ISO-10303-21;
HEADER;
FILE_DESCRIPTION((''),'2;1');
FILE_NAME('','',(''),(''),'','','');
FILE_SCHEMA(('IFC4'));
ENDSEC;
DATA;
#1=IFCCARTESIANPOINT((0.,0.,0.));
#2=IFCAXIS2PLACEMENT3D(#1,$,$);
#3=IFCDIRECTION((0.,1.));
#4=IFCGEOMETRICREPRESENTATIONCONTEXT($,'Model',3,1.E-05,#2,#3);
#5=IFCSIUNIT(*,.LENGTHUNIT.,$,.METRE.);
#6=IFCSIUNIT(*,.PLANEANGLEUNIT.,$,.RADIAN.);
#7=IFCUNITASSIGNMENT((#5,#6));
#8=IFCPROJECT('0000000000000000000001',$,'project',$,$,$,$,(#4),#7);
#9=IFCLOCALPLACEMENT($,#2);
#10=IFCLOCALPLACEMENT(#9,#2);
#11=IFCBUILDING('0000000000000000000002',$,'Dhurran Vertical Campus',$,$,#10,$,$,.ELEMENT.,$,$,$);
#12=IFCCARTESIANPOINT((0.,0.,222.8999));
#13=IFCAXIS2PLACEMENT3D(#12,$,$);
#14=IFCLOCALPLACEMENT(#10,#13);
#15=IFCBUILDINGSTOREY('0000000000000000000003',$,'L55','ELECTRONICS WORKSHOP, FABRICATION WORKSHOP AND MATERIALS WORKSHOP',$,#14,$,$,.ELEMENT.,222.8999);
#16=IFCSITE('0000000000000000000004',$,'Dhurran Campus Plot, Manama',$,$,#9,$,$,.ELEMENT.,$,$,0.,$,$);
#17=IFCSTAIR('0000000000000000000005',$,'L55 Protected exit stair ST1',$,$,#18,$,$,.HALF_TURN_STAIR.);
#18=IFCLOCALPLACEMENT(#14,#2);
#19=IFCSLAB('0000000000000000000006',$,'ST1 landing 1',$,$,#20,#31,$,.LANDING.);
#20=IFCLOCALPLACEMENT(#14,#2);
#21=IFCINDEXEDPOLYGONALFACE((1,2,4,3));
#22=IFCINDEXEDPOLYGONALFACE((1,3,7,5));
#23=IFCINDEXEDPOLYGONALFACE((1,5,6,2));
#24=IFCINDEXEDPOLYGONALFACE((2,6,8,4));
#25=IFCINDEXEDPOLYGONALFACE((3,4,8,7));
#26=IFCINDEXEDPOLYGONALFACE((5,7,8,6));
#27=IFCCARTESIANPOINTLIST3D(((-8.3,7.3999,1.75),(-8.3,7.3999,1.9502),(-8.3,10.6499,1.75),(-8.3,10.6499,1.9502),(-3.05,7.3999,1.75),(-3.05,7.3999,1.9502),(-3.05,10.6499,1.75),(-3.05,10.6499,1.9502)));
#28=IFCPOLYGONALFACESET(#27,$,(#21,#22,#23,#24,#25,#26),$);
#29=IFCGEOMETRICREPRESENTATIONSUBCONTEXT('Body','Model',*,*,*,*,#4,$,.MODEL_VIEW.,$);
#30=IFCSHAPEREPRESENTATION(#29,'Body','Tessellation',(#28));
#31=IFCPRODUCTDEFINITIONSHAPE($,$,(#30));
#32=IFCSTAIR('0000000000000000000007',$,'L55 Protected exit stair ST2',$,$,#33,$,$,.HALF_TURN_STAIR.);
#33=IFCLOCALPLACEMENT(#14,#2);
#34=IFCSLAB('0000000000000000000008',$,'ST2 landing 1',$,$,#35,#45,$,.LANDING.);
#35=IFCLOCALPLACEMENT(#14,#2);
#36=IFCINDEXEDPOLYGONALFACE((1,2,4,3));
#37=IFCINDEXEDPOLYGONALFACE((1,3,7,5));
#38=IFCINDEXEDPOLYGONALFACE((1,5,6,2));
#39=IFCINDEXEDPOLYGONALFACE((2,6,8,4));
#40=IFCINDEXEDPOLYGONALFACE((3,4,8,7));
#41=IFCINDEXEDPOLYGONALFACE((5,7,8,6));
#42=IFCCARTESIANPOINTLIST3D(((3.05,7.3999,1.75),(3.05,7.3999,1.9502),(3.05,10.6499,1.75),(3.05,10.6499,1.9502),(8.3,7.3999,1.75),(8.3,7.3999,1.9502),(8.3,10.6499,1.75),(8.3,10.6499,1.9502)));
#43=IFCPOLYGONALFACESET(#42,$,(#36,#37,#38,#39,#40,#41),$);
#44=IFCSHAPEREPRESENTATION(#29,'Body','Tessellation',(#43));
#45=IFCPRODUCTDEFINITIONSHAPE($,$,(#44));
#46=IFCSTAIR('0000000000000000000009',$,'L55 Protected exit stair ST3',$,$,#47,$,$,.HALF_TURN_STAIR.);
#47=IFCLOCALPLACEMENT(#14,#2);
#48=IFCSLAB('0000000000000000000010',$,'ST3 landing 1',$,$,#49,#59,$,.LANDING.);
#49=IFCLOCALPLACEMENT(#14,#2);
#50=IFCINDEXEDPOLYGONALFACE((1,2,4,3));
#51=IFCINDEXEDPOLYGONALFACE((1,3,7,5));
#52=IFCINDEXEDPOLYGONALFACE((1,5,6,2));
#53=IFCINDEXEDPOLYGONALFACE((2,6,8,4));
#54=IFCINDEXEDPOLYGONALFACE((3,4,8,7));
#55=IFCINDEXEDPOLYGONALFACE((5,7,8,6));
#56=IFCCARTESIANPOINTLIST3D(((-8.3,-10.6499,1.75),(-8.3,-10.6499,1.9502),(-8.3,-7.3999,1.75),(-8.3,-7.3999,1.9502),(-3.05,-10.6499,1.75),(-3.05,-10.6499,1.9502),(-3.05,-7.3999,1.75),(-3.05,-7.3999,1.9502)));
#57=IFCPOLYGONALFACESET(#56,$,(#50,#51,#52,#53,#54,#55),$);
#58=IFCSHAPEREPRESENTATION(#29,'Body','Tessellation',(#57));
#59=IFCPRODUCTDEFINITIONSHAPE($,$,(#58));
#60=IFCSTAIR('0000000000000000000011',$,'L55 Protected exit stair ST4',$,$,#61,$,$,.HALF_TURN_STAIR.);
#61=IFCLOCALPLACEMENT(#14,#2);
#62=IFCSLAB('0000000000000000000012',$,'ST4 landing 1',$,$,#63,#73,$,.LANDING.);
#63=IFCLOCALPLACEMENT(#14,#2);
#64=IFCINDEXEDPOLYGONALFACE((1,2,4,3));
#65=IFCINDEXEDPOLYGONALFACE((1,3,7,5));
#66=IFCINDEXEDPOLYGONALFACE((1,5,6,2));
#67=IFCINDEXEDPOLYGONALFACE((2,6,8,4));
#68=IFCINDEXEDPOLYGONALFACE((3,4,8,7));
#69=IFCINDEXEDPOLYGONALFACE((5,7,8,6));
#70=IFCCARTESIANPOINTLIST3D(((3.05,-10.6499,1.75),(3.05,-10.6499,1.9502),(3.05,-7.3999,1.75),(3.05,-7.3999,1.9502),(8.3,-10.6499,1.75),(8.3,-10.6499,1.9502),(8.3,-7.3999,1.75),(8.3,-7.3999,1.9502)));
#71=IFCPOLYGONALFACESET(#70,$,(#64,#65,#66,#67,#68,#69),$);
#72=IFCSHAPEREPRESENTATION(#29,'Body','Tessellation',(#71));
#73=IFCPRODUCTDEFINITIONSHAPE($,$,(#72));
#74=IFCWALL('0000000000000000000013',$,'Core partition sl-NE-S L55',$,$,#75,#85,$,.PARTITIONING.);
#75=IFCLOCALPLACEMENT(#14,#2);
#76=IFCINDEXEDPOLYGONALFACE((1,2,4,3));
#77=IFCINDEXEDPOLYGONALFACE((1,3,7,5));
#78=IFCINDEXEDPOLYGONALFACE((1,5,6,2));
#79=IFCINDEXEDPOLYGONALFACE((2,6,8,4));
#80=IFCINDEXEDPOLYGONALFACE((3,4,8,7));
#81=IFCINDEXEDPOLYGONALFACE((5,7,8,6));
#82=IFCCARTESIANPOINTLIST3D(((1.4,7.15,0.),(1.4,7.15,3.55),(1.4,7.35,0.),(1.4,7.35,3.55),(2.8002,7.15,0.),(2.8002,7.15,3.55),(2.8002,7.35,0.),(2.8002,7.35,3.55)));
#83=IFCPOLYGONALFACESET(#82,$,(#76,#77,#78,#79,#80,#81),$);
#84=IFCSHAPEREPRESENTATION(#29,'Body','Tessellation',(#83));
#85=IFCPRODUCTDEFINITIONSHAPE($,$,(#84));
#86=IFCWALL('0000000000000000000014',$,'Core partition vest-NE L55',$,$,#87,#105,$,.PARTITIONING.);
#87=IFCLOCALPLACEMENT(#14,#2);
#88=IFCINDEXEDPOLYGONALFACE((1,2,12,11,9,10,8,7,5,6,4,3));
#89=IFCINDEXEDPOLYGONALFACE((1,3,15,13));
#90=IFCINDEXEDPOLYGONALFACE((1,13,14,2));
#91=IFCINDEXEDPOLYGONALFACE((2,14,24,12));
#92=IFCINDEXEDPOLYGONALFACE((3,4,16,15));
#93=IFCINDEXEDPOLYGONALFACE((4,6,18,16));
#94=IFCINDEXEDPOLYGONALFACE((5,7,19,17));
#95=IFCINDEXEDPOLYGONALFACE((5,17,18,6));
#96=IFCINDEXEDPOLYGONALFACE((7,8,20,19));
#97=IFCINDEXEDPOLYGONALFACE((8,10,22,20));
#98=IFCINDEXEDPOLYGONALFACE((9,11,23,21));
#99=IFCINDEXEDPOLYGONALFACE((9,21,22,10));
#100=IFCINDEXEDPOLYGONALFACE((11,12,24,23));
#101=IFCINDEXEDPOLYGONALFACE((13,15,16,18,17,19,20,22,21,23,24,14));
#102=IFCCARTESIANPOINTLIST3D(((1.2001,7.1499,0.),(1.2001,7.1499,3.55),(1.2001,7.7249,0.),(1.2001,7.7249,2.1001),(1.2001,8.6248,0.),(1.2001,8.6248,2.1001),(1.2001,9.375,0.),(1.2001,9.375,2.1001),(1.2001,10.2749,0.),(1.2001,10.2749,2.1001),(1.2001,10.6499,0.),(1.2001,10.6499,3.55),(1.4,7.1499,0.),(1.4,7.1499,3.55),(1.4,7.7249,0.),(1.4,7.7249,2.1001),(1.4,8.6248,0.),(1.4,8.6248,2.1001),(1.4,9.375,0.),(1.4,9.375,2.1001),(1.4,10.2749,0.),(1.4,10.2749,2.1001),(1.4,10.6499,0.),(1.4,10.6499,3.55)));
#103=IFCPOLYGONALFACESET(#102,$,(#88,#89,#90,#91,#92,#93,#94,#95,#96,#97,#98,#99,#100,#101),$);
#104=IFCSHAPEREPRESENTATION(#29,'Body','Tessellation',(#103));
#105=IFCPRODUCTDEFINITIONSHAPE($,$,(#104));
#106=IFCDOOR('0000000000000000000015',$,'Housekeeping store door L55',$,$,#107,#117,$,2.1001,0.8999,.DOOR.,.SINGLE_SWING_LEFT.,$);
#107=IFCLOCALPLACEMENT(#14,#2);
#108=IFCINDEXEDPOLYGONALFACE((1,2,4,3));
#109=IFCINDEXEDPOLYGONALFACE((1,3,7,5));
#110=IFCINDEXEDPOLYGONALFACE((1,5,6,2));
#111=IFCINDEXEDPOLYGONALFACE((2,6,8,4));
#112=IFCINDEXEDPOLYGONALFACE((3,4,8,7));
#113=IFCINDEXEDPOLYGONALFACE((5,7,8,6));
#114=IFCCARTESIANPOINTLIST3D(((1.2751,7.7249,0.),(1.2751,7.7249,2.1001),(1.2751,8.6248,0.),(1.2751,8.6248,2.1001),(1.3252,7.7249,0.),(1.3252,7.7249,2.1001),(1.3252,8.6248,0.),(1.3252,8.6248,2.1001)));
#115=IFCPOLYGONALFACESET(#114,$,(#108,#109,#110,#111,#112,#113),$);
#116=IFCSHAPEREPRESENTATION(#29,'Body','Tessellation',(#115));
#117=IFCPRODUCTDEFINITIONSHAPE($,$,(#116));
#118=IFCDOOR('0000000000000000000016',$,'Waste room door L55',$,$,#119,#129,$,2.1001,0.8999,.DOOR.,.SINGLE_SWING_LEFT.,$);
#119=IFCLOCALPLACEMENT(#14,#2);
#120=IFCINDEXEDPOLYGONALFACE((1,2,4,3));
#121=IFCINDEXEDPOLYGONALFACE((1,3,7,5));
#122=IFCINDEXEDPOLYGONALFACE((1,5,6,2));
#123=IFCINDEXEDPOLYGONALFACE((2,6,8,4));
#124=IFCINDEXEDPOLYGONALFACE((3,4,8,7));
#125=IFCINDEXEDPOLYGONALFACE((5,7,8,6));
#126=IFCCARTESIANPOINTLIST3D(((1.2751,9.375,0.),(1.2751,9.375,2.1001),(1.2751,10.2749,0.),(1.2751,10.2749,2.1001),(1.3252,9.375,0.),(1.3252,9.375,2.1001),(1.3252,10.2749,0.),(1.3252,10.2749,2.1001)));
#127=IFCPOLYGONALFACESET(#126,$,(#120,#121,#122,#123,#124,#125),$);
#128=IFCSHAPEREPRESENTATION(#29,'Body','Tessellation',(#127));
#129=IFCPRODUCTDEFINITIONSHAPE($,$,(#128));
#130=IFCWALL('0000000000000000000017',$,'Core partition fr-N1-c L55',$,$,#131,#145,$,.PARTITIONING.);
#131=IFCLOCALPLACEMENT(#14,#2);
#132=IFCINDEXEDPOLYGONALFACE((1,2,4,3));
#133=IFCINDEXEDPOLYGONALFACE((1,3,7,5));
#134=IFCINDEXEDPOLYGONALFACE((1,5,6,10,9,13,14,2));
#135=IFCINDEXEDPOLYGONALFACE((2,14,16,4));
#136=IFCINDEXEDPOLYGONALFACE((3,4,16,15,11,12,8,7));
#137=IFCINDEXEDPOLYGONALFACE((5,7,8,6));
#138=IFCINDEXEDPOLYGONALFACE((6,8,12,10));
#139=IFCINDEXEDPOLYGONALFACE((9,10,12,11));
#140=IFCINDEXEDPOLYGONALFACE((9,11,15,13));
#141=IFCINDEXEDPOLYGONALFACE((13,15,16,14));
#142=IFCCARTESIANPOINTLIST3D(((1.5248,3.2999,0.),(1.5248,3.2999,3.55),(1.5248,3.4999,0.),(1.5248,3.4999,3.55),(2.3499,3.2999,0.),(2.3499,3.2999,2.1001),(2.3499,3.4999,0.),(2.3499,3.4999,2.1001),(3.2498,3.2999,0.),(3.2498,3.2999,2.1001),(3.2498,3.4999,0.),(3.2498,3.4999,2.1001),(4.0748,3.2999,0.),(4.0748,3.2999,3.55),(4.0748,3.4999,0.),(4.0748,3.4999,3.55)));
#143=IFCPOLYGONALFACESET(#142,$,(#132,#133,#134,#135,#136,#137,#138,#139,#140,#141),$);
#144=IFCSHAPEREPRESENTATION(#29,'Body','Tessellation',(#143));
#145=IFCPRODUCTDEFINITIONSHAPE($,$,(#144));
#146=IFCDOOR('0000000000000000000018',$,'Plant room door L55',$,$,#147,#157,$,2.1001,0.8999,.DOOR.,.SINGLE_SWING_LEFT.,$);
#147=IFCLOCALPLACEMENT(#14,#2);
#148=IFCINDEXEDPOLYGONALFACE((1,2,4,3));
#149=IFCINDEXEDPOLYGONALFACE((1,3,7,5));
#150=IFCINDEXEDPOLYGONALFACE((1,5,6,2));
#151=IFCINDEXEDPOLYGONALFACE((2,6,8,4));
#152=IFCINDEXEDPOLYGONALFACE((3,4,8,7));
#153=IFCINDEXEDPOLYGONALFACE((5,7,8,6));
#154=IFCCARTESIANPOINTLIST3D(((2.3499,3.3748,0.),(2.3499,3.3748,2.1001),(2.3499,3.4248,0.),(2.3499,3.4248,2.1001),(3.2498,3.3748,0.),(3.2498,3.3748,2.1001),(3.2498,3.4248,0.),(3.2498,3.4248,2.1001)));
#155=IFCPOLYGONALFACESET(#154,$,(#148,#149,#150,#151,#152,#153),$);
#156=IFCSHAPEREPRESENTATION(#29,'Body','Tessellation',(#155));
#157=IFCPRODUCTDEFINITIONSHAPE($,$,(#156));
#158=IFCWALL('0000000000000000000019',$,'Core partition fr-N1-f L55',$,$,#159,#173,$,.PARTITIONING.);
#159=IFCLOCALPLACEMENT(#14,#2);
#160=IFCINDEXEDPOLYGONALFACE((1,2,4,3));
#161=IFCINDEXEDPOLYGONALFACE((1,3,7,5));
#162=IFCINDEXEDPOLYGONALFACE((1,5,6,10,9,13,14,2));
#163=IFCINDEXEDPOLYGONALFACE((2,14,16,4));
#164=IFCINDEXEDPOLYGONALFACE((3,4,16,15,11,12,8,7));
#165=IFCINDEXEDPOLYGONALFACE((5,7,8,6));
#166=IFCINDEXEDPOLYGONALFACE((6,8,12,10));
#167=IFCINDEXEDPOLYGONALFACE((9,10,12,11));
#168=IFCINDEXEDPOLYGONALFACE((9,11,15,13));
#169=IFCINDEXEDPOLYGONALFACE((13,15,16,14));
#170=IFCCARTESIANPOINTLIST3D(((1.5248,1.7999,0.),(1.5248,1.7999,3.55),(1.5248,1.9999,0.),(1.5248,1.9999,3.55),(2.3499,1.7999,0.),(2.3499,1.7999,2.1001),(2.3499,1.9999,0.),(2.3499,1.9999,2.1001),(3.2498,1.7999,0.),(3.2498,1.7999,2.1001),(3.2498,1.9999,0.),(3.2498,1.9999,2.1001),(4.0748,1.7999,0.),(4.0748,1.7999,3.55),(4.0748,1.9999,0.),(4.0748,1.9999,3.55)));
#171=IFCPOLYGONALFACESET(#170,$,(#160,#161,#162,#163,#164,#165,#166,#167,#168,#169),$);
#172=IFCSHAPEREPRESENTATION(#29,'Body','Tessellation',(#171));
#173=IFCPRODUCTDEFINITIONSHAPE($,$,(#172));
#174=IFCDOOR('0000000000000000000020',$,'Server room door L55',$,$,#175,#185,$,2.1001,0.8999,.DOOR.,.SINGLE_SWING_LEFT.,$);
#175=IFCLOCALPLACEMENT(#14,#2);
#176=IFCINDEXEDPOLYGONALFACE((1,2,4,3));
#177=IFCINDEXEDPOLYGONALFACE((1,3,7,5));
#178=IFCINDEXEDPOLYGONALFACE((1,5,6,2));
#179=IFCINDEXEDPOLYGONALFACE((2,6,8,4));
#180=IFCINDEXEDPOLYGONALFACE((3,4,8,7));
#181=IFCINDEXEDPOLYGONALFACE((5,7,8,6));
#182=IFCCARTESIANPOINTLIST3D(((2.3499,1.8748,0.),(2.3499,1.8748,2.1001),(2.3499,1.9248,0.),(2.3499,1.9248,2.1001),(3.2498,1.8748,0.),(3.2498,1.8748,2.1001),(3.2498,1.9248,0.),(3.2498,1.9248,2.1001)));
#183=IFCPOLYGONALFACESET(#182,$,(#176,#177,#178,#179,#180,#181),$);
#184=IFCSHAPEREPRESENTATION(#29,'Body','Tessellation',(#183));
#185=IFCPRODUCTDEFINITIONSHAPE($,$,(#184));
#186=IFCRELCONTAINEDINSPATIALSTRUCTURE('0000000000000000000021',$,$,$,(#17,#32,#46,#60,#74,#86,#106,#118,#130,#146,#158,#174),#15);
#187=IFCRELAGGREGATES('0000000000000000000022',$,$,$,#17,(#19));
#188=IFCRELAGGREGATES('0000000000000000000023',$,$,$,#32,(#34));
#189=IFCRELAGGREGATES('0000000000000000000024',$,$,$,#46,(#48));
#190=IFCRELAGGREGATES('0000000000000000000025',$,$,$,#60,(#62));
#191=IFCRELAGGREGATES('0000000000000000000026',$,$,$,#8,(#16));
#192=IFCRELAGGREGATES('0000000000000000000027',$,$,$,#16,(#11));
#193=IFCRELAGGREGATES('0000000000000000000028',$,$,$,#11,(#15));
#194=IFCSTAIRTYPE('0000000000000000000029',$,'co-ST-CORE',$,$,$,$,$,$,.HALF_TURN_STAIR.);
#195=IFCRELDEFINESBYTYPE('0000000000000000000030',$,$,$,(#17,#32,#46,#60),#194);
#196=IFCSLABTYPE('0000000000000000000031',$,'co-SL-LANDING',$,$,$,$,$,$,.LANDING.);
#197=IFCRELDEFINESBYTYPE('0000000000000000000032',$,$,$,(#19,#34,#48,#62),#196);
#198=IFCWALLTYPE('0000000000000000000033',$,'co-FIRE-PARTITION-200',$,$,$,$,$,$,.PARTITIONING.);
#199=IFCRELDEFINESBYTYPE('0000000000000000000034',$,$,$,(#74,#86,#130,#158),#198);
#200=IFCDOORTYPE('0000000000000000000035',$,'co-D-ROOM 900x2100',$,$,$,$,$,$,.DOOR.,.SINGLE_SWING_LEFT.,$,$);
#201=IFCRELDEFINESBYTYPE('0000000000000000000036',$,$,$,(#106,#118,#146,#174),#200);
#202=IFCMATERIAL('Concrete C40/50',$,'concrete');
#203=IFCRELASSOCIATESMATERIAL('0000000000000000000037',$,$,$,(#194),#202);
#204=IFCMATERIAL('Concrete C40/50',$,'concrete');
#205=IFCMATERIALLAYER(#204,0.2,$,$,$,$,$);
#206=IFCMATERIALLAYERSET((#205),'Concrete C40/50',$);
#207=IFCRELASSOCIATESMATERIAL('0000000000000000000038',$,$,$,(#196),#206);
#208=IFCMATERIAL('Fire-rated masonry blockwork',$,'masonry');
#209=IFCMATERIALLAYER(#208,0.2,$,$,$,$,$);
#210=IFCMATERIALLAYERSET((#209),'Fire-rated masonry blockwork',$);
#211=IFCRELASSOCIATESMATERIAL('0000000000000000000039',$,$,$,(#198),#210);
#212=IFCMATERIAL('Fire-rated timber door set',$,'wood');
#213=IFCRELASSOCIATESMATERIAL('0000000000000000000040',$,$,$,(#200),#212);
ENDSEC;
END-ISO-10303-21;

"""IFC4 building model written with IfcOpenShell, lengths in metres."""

from ifc_helpers import new_model, si_unit, direction, frame, frame_2d, origin, place, context, subcontext, project, spatial, polyline, rectangle, outline, extrude, material, layer, layer_set, type_object, element, fill, aggregate, save


model = new_model("IFC4")

# Units and contexts
model_context = context("Model", 3, precision=1e-05, world=origin(), true_north=direction((0.0, 1.0)))
body_context = subcontext(model_context, "Body", "Model", "MODEL_VIEW")
ifc_project = project(units=[si_unit("LENGTHUNIT", "METRE"), si_unit("PLANEANGLEUNIT", "RADIAN")], contexts=[model_context])

# Site, building, storey
site_placement = place(None, origin())
site = spatial("IfcSite", under=ifc_project, at=site_placement, Name="Dhurran Campus Plot, Manama", CompositionType="ELEMENT", RefElevation=0.0)
building_placement = place(site_placement, origin())
building = spatial("IfcBuilding", under=site, at=building_placement, Name="Dhurran Vertical Campus", CompositionType="ELEMENT")
storey_placement = place(building_placement, frame((0.0, 0.0, 222.8999)))
storey = spatial("IfcBuildingStorey", under=building, at=storey_placement, Name="L55", Description="ELECTRONICS WORKSHOP, FABRICATION WORKSHOP AND MATERIALS WORKSHOP", CompositionType="ELEMENT", Elevation=222.8999)

# Stairs, slabs
ifc_material_1 = material(Name="Concrete C40/50", Category="concrete")
stair_type = type_object("IfcStairType", Name="co-ST-CORE", PredefinedType="HALF_TURN_STAIR", material=ifc_material_1)
stair_1_placement = place(storey_placement, origin())
stair_1 = element("IfcStair", 1, at=stair_1_placement, inside=storey, type_object=stair_type, Name="L55 Protected exit stair ST1", PredefinedType="HALF_TURN_STAIR")
ifc_material_2 = material(Name="Concrete C40/50", Category="concrete")
ifc_layer_1 = layer(ifc_material_2, 0.2)
ifc_layer_set_1 = layer_set([ifc_layer_1], Name="Concrete C40/50")
slab_type = type_object("IfcSlabType", Name="co-SL-LANDING", PredefinedType="LANDING", material=ifc_layer_set_1)
slab_1_placement = place(storey_placement, frame((0.0, 0.0, 1.75)))
slab_1 = element("IfcSlab", 2, at=slab_1_placement, type_object=slab_type, Name="ST1 landing 1", PredefinedType="LANDING", context=body_context, shape_type="SweptSolid", body=[
    extrude(outline(polyline([(-8.3, 7.3999), (-3.05, 7.3999), (-3.05, 10.6499), (-8.3, 10.6499), (-8.3, 7.3999)])), origin(), (0.0, 0.0, 1.0), 0.2002),
])
aggregate(stair_1, [slab_1])
stair_2_placement = place(storey_placement, origin())
stair_2 = element("IfcStair", 3, at=stair_2_placement, inside=storey, type_object=stair_type, Name="L55 Protected exit stair ST2", PredefinedType="HALF_TURN_STAIR")
slab_2_placement = place(storey_placement, frame((0.0, 0.0, 1.75)))
slab_2 = element("IfcSlab", 4, at=slab_2_placement, type_object=slab_type, Name="ST2 landing 1", PredefinedType="LANDING", context=body_context, shape_type="SweptSolid", body=[
    extrude(outline(polyline([(8.3, 10.6499), (3.05, 10.6499), (3.05, 7.3999), (8.3, 7.3999), (8.3, 10.6499)])), origin(), (0.0, 0.0, 1.0), 0.2002),
])
aggregate(stair_2, [slab_2])
stair_3_placement = place(storey_placement, origin())
stair_3 = element("IfcStair", 5, at=stair_3_placement, inside=storey, type_object=stair_type, Name="L55 Protected exit stair ST3", PredefinedType="HALF_TURN_STAIR")
slab_3_placement = place(storey_placement, frame((0.0, 0.0, 1.75)))
slab_3 = element("IfcSlab", 6, at=slab_3_placement, type_object=slab_type, Name="ST3 landing 1", PredefinedType="LANDING", context=body_context, shape_type="SweptSolid", body=[
    extrude(outline(polyline([(-8.3, -10.6499), (-3.05, -10.6499), (-3.05, -7.3999), (-8.3, -7.3999), (-8.3, -10.6499)])), origin(), (0.0, 0.0, 1.0), 0.2002),
])
aggregate(stair_3, [slab_3])
stair_4_placement = place(storey_placement, origin())
stair_4 = element("IfcStair", 7, at=stair_4_placement, inside=storey, type_object=stair_type, Name="L55 Protected exit stair ST4", PredefinedType="HALF_TURN_STAIR")
slab_4_placement = place(storey_placement, frame((0.0, 0.0, 1.75)))
slab_4 = element("IfcSlab", 8, at=slab_4_placement, type_object=slab_type, Name="ST4 landing 1", PredefinedType="LANDING", context=body_context, shape_type="SweptSolid", body=[
    extrude(outline(polyline([(8.3, -7.3999), (3.05, -7.3999), (3.05, -10.6499), (8.3, -10.6499), (8.3, -7.3999)])), origin(), (0.0, 0.0, 1.0), 0.2002),
])
aggregate(stair_4, [slab_4])

# Wall
ifc_material_3 = material(Name="Fire-rated masonry blockwork", Category="masonry")
ifc_layer_2 = layer(ifc_material_3, 0.2)
ifc_layer_set_2 = layer_set([ifc_layer_2], Name="Fire-rated masonry blockwork")
wall_type_1 = type_object("IfcWallType", Name="co-FIRE-PARTITION-200", PredefinedType="PARTITIONING", material=ifc_layer_set_2)
wall_1_placement = place(storey_placement, frame((1.3999, 7.25, 0.0), z_axis=(0.0, 0.0, 1.0), x_axis=(1.0, 0.0, 0.0)))
element("IfcWall", 9, at=wall_1_placement, inside=storey, type_object=wall_type_1, Name="Core partition sl-NE-S L55", PredefinedType="PARTITIONING", context=body_context, shape_type="SweptSolid", body=[
    extrude(rectangle(XDim=1.4001, YDim=0.2, at=frame_2d((0.7002, 0.0))), origin(), (0.0, 0.0, 1.0), 3.55),
])

# Wall, openings, doors
wall_2_placement = place(storey_placement, frame((1.3, 7.1499, 0.0), z_axis=(0.0, 0.0, 1.0), x_axis=(0.0, 1.0, 0.0)))
wall_2 = element("IfcWall", 10, at=wall_2_placement, inside=storey, type_object=wall_type_1, Name="Core partition vest-NE L55", PredefinedType="PARTITIONING", context=body_context, shape_type="SweptSolid", body=[
    extrude(rectangle(XDim=3.5, YDim=0.2, at=frame_2d((1.75, 0.0))), origin(), (0.0, 0.0, 1.0), 3.55),
])
opening_1_placement = place(wall_2_placement, frame((0.575, 0.0, 0.0)))
opening_1 = element("IfcOpeningElement", 11, at=opening_1_placement, cuts=wall_2, PredefinedType="OPENING", context=body_context, shape_type="SweptSolid", body=[
    extrude(rectangle(XDim=0.8999, YDim=2.1001, at=frame_2d((0.45, 1.05))), frame((0.0, 0.1099, 0.0), z_axis=(0.0, -1.0, 0.0), x_axis=(1.0, 0.0, 0.0)), (0.0, 0.0, 1.0), 0.22),
])
opening_2_placement = place(wall_2_placement, frame((2.2251, 0.0, 0.0)))
opening_2 = element("IfcOpeningElement", 12, at=opening_2_placement, cuts=wall_2, PredefinedType="OPENING", context=body_context, shape_type="SweptSolid", body=[
    extrude(rectangle(XDim=0.8999, YDim=2.1001, at=frame_2d((0.45, 1.05))), frame((0.0, 0.1099, 0.0), z_axis=(0.0, -1.0, 0.0), x_axis=(1.0, 0.0, 0.0)), (0.0, 0.0, 1.0), 0.22),
])
ifc_material_4 = material(Name="Fire-rated timber door set", Category="wood")
door_type_1 = type_object("IfcDoorType", Name="co-D-ROOM 900x2100", OperationType="SINGLE_SWING_LEFT", PredefinedType="DOOR", material=ifc_material_4)
door_1_placement = place(opening_1_placement, origin())
door_1 = element("IfcDoor", 13, at=door_1_placement, inside=storey, type_object=door_type_1, Name="Housekeeping store door L55", OperationType="SINGLE_SWING_LEFT", OverallHeight=2.1001, OverallWidth=0.8999, PredefinedType="DOOR", context=body_context, shape_type="SweptSolid", body=[
    extrude(rectangle(XDim=0.8999, YDim=2.1001, at=frame_2d((0.45, 1.05))), frame((0.0, 0.0249, 0.0), z_axis=(0.0, -1.0, 0.0), x_axis=(1.0, 0.0, 0.0)), (0.0, 0.0, 1.0), 0.05),
])
fill(opening_1, door_1)
door_2_placement = place(opening_2_placement, origin())
door_2 = element("IfcDoor", 14, at=door_2_placement, inside=storey, type_object=door_type_1, Name="Waste room door L55", OperationType="SINGLE_SWING_LEFT", OverallHeight=2.1001, OverallWidth=0.8999, PredefinedType="DOOR", context=body_context, shape_type="SweptSolid", body=[
    extrude(rectangle(XDim=0.8999, YDim=2.1001, at=frame_2d((0.45, 1.05))), frame((0.0, 0.0249, 0.0), z_axis=(0.0, -1.0, 0.0), x_axis=(1.0, 0.0, 0.0)), (0.0, 0.0, 1.0), 0.05),
])
fill(opening_2, door_2)

# Walls, openings, doors
wall_3_placement = place(storey_placement, frame((1.5249, 3.3999, 0.0), z_axis=(0.0, 0.0, 1.0), x_axis=(1.0, 0.0, 0.0)))
wall_3 = element("IfcWall", 15, at=wall_3_placement, inside=storey, type_object=wall_type_1, Name="Core partition fr-N1-c L55", PredefinedType="PARTITIONING", context=body_context, shape_type="SweptSolid", body=[
    extrude(rectangle(XDim=2.55, YDim=0.2, at=frame_2d((1.2749, 0.0))), origin(), (0.0, 0.0, 1.0), 3.55),
])
opening_3_placement = place(wall_3_placement, frame((0.825, 0.0, 0.0)))
opening_3 = element("IfcOpeningElement", 16, at=opening_3_placement, cuts=wall_3, PredefinedType="OPENING", context=body_context, shape_type="SweptSolid", body=[
    extrude(rectangle(XDim=0.8999, YDim=2.1001, at=frame_2d((0.45, 1.05))), frame((0.0, 0.1099, 0.0), z_axis=(0.0, -1.0, 0.0), x_axis=(1.0, 0.0, 0.0)), (0.0, 0.0, 1.0), 0.22),
])
door_3_placement = place(opening_3_placement, origin())
door_3 = element("IfcDoor", 17, at=door_3_placement, inside=storey, type_object=door_type_1, Name="Plant room door L55", OperationType="SINGLE_SWING_LEFT", OverallHeight=2.1001, OverallWidth=0.8999, PredefinedType="DOOR", context=body_context, shape_type="SweptSolid", body=[
    extrude(rectangle(XDim=0.8999, YDim=2.1001, at=frame_2d((0.45, 1.05))), frame((0.0, 0.0249, 0.0), z_axis=(0.0, -1.0, 0.0), x_axis=(1.0, 0.0, 0.0)), (0.0, 0.0, 1.0), 0.05),
])
fill(opening_3, door_3)
wall_4_placement = place(storey_placement, frame((1.5249, 1.8999, 0.0), z_axis=(0.0, 0.0, 1.0), x_axis=(1.0, 0.0, 0.0)))
wall_4 = element("IfcWall", 18, at=wall_4_placement, inside=storey, type_object=wall_type_1, Name="Core partition fr-N1-f L55", PredefinedType="PARTITIONING", context=body_context, shape_type="SweptSolid", body=[
    extrude(rectangle(XDim=2.55, YDim=0.2, at=frame_2d((1.2749, 0.0))), origin(), (0.0, 0.0, 1.0), 3.55),
])
opening_4_placement = place(wall_4_placement, frame((0.825, 0.0, 0.0)))
opening_4 = element("IfcOpeningElement", 19, at=opening_4_placement, cuts=wall_4, PredefinedType="OPENING", context=body_context, shape_type="SweptSolid", body=[
    extrude(rectangle(XDim=0.8999, YDim=2.1001, at=frame_2d((0.45, 1.05))), frame((0.0, 0.1099, 0.0), z_axis=(0.0, -1.0, 0.0), x_axis=(1.0, 0.0, 0.0)), (0.0, 0.0, 1.0), 0.22),
])
door_4_placement = place(opening_4_placement, origin())
door_4 = element("IfcDoor", 20, at=door_4_placement, inside=storey, type_object=door_type_1, Name="Server room door L55", OperationType="SINGLE_SWING_LEFT", OverallHeight=2.1001, OverallWidth=0.8999, PredefinedType="DOOR", context=body_context, shape_type="SweptSolid", body=[
    extrude(rectangle(XDim=0.8999, YDim=2.1001, at=frame_2d((0.45, 1.05))), frame((0.0, 0.0249, 0.0), z_axis=(0.0, -1.0, 0.0), x_axis=(1.0, 0.0, 0.0)), (0.0, 0.0, 1.0), 0.05),
])
fill(opening_4, door_4)

save(model, "model.ifc")
